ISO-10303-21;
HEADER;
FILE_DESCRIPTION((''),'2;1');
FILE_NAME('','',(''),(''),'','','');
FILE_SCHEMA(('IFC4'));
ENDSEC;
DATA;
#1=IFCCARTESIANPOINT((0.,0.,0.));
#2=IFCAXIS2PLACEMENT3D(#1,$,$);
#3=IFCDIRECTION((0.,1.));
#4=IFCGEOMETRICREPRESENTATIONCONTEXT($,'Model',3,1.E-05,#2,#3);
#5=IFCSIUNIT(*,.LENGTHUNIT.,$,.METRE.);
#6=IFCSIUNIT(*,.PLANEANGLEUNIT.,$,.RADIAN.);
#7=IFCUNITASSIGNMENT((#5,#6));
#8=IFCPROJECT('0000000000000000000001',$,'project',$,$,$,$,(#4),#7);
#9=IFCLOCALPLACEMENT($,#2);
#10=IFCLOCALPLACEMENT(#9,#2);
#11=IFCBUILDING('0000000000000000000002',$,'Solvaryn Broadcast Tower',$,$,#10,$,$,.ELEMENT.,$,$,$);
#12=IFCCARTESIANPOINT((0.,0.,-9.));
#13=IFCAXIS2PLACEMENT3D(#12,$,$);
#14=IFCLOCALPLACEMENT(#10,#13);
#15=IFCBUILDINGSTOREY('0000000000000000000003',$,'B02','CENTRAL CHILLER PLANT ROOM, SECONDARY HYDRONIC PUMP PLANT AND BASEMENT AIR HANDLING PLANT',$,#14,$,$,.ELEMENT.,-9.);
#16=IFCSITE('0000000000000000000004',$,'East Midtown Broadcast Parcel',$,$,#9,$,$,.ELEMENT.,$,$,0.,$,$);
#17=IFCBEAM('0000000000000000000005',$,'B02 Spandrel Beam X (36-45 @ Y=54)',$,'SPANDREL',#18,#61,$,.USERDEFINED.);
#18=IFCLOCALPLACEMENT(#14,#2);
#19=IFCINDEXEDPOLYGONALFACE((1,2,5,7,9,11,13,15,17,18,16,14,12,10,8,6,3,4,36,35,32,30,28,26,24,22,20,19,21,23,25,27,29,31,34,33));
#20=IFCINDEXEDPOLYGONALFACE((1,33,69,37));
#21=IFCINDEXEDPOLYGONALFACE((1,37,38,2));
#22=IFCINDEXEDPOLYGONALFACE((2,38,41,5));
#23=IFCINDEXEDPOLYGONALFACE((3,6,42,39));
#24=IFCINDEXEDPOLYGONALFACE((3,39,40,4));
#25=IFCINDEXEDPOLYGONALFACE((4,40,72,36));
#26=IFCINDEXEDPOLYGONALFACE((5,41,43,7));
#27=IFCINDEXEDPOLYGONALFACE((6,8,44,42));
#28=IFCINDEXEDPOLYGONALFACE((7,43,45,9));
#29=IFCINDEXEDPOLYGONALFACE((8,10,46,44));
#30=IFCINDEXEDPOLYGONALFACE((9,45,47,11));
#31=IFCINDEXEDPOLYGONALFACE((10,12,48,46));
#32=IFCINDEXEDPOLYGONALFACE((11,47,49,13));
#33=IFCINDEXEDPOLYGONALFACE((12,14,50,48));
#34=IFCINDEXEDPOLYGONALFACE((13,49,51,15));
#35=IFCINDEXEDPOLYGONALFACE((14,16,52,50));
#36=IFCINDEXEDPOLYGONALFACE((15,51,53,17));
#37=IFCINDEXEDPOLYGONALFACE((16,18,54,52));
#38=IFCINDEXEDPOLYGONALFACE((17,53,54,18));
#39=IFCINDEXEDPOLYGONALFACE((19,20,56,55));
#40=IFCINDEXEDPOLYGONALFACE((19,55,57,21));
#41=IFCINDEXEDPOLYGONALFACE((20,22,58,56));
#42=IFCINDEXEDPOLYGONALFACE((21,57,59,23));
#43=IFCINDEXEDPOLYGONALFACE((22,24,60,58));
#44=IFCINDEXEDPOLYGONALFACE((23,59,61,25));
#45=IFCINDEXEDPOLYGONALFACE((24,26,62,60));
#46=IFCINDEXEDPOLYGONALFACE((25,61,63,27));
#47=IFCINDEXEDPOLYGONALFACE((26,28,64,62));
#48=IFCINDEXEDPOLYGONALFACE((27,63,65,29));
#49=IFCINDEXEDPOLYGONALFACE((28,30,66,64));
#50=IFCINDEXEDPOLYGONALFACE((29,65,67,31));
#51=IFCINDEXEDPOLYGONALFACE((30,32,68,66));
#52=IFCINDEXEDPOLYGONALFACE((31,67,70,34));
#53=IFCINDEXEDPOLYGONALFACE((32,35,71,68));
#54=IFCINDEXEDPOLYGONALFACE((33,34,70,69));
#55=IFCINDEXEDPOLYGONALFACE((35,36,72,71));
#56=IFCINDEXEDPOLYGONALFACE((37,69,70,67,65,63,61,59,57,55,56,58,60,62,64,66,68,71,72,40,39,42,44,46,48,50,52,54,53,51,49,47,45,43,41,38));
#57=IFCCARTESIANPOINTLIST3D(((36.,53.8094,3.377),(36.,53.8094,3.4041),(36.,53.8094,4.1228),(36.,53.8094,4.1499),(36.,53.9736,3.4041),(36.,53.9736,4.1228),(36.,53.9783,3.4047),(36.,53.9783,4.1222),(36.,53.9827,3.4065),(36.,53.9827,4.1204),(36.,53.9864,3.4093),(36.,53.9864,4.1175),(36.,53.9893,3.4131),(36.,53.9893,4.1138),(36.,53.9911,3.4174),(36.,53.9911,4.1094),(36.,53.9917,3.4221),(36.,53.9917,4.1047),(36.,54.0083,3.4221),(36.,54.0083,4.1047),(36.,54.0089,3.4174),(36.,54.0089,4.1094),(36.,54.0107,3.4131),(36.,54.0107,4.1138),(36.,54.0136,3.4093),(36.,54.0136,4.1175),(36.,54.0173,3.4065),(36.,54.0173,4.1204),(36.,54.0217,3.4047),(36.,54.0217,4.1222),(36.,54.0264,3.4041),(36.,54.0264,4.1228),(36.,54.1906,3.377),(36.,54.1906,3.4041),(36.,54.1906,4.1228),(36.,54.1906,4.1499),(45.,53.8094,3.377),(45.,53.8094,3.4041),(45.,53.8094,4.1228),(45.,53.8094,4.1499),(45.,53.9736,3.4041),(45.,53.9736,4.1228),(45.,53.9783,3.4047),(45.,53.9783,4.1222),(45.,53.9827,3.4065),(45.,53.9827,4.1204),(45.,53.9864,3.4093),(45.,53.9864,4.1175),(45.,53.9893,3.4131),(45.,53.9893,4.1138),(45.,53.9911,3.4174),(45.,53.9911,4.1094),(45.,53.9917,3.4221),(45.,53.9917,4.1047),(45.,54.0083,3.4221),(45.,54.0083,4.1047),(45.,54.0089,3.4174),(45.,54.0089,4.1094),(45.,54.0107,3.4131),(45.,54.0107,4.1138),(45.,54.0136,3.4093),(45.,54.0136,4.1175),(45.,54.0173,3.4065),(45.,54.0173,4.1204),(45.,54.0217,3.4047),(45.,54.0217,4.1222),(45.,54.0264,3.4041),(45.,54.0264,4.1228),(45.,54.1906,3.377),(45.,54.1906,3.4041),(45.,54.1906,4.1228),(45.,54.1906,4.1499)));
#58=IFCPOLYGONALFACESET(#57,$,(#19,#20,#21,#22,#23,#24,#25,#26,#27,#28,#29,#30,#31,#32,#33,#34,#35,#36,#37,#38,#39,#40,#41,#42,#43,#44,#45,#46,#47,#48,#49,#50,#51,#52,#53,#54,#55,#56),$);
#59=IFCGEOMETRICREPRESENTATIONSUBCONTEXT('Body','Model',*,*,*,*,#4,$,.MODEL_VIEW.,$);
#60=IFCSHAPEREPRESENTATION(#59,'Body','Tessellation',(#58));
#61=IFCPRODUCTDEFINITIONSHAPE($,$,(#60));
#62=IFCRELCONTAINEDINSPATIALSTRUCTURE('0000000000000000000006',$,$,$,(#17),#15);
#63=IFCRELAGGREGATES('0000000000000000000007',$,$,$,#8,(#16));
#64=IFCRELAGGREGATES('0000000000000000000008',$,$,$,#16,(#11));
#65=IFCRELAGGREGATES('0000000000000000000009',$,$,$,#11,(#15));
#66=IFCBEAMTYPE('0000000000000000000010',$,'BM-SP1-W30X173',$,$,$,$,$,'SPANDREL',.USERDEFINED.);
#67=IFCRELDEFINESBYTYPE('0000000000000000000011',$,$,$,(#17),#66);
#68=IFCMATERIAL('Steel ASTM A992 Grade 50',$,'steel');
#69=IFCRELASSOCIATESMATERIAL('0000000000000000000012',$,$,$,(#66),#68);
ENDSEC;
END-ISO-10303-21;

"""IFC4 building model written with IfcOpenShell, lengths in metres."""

from ifc_helpers import new_model, si_unit, direction, frame, origin, origin_2d, place, context, subcontext, project, spatial, i_section, extrude, material, material_profile, profile_set, type_object, element, save


model = new_model("IFC4")

# Units and contexts
model_context = context("Model", 3, precision=1e-05, world=origin(), true_north=direction((0.0, 1.0)))
body_context = subcontext(model_context, "Body", "Model", "MODEL_VIEW")
ifc_project = project(units=[si_unit("LENGTHUNIT", "METRE"), si_unit("PLANEANGLEUNIT", "RADIAN")], contexts=[model_context])

# Site, building, storey
site_placement = place(None, origin())
site = spatial("IfcSite", under=ifc_project, at=site_placement, Name="East Midtown Broadcast Parcel", CompositionType="ELEMENT", RefElevation=0.0)
building_placement = place(site_placement, origin())
building = spatial("IfcBuilding", under=site, at=building_placement, Name="Solvaryn Broadcast Tower", CompositionType="ELEMENT")
storey_placement = place(building_placement, frame((0.0, 0.0, -9.0)))
storey = spatial("IfcBuildingStorey", under=building, at=storey_placement, Name="B02", Description="CENTRAL CHILLER PLANT ROOM, SECONDARY HYDRONIC PUMP PLANT AND BASEMENT AIR HANDLING PLANT", CompositionType="ELEMENT", Elevation=-9.0)

# Beam
ifc_material_1 = material(Name="Steel ASTM A992 Grade 50", Category="steel")
ifc_material_profile_1 = material_profile(ifc_material_1, i_section(OverallWidth=0.3811, OverallDepth=0.7729, WebThickness=0.0166, FlangeThickness=0.0271, FilletRadius=0.0181, at=origin_2d()))
ifc_profile_set_1 = profile_set([ifc_material_profile_1], Name="Steel ASTM A992 Grade 50")
beam_type_1 = type_object("IfcBeamType", Name="BM-SP1-W30X173", ElementType="SPANDREL", PredefinedType="USERDEFINED", material=ifc_profile_set_1)
for number, where, z_axis, x_axis, name in (
    (1, (36.0, 54.0, 3.7634), (1.0, 0.0, 0.0), (0.0, 1.0, 0.0), "B02 Spandrel Beam X (36-45 @ Y=54)"),
):
    element("IfcBeam", number, at=place(storey_placement, frame(where, z_axis=z_axis, x_axis=x_axis)), inside=storey, type_object=beam_type_1, Name=name, ObjectType="SPANDREL", PredefinedType="USERDEFINED", context=body_context, shape_type="SweptSolid", body=[
        extrude(i_section(OverallWidth=0.3811, OverallDepth=0.7729, WebThickness=0.0166, FlangeThickness=0.0271, FilletRadius=0.0181, at=origin_2d()), origin(), (0.0, 0.0, 1.0), 9.0),
    ])

save(model, "model.ifc")
